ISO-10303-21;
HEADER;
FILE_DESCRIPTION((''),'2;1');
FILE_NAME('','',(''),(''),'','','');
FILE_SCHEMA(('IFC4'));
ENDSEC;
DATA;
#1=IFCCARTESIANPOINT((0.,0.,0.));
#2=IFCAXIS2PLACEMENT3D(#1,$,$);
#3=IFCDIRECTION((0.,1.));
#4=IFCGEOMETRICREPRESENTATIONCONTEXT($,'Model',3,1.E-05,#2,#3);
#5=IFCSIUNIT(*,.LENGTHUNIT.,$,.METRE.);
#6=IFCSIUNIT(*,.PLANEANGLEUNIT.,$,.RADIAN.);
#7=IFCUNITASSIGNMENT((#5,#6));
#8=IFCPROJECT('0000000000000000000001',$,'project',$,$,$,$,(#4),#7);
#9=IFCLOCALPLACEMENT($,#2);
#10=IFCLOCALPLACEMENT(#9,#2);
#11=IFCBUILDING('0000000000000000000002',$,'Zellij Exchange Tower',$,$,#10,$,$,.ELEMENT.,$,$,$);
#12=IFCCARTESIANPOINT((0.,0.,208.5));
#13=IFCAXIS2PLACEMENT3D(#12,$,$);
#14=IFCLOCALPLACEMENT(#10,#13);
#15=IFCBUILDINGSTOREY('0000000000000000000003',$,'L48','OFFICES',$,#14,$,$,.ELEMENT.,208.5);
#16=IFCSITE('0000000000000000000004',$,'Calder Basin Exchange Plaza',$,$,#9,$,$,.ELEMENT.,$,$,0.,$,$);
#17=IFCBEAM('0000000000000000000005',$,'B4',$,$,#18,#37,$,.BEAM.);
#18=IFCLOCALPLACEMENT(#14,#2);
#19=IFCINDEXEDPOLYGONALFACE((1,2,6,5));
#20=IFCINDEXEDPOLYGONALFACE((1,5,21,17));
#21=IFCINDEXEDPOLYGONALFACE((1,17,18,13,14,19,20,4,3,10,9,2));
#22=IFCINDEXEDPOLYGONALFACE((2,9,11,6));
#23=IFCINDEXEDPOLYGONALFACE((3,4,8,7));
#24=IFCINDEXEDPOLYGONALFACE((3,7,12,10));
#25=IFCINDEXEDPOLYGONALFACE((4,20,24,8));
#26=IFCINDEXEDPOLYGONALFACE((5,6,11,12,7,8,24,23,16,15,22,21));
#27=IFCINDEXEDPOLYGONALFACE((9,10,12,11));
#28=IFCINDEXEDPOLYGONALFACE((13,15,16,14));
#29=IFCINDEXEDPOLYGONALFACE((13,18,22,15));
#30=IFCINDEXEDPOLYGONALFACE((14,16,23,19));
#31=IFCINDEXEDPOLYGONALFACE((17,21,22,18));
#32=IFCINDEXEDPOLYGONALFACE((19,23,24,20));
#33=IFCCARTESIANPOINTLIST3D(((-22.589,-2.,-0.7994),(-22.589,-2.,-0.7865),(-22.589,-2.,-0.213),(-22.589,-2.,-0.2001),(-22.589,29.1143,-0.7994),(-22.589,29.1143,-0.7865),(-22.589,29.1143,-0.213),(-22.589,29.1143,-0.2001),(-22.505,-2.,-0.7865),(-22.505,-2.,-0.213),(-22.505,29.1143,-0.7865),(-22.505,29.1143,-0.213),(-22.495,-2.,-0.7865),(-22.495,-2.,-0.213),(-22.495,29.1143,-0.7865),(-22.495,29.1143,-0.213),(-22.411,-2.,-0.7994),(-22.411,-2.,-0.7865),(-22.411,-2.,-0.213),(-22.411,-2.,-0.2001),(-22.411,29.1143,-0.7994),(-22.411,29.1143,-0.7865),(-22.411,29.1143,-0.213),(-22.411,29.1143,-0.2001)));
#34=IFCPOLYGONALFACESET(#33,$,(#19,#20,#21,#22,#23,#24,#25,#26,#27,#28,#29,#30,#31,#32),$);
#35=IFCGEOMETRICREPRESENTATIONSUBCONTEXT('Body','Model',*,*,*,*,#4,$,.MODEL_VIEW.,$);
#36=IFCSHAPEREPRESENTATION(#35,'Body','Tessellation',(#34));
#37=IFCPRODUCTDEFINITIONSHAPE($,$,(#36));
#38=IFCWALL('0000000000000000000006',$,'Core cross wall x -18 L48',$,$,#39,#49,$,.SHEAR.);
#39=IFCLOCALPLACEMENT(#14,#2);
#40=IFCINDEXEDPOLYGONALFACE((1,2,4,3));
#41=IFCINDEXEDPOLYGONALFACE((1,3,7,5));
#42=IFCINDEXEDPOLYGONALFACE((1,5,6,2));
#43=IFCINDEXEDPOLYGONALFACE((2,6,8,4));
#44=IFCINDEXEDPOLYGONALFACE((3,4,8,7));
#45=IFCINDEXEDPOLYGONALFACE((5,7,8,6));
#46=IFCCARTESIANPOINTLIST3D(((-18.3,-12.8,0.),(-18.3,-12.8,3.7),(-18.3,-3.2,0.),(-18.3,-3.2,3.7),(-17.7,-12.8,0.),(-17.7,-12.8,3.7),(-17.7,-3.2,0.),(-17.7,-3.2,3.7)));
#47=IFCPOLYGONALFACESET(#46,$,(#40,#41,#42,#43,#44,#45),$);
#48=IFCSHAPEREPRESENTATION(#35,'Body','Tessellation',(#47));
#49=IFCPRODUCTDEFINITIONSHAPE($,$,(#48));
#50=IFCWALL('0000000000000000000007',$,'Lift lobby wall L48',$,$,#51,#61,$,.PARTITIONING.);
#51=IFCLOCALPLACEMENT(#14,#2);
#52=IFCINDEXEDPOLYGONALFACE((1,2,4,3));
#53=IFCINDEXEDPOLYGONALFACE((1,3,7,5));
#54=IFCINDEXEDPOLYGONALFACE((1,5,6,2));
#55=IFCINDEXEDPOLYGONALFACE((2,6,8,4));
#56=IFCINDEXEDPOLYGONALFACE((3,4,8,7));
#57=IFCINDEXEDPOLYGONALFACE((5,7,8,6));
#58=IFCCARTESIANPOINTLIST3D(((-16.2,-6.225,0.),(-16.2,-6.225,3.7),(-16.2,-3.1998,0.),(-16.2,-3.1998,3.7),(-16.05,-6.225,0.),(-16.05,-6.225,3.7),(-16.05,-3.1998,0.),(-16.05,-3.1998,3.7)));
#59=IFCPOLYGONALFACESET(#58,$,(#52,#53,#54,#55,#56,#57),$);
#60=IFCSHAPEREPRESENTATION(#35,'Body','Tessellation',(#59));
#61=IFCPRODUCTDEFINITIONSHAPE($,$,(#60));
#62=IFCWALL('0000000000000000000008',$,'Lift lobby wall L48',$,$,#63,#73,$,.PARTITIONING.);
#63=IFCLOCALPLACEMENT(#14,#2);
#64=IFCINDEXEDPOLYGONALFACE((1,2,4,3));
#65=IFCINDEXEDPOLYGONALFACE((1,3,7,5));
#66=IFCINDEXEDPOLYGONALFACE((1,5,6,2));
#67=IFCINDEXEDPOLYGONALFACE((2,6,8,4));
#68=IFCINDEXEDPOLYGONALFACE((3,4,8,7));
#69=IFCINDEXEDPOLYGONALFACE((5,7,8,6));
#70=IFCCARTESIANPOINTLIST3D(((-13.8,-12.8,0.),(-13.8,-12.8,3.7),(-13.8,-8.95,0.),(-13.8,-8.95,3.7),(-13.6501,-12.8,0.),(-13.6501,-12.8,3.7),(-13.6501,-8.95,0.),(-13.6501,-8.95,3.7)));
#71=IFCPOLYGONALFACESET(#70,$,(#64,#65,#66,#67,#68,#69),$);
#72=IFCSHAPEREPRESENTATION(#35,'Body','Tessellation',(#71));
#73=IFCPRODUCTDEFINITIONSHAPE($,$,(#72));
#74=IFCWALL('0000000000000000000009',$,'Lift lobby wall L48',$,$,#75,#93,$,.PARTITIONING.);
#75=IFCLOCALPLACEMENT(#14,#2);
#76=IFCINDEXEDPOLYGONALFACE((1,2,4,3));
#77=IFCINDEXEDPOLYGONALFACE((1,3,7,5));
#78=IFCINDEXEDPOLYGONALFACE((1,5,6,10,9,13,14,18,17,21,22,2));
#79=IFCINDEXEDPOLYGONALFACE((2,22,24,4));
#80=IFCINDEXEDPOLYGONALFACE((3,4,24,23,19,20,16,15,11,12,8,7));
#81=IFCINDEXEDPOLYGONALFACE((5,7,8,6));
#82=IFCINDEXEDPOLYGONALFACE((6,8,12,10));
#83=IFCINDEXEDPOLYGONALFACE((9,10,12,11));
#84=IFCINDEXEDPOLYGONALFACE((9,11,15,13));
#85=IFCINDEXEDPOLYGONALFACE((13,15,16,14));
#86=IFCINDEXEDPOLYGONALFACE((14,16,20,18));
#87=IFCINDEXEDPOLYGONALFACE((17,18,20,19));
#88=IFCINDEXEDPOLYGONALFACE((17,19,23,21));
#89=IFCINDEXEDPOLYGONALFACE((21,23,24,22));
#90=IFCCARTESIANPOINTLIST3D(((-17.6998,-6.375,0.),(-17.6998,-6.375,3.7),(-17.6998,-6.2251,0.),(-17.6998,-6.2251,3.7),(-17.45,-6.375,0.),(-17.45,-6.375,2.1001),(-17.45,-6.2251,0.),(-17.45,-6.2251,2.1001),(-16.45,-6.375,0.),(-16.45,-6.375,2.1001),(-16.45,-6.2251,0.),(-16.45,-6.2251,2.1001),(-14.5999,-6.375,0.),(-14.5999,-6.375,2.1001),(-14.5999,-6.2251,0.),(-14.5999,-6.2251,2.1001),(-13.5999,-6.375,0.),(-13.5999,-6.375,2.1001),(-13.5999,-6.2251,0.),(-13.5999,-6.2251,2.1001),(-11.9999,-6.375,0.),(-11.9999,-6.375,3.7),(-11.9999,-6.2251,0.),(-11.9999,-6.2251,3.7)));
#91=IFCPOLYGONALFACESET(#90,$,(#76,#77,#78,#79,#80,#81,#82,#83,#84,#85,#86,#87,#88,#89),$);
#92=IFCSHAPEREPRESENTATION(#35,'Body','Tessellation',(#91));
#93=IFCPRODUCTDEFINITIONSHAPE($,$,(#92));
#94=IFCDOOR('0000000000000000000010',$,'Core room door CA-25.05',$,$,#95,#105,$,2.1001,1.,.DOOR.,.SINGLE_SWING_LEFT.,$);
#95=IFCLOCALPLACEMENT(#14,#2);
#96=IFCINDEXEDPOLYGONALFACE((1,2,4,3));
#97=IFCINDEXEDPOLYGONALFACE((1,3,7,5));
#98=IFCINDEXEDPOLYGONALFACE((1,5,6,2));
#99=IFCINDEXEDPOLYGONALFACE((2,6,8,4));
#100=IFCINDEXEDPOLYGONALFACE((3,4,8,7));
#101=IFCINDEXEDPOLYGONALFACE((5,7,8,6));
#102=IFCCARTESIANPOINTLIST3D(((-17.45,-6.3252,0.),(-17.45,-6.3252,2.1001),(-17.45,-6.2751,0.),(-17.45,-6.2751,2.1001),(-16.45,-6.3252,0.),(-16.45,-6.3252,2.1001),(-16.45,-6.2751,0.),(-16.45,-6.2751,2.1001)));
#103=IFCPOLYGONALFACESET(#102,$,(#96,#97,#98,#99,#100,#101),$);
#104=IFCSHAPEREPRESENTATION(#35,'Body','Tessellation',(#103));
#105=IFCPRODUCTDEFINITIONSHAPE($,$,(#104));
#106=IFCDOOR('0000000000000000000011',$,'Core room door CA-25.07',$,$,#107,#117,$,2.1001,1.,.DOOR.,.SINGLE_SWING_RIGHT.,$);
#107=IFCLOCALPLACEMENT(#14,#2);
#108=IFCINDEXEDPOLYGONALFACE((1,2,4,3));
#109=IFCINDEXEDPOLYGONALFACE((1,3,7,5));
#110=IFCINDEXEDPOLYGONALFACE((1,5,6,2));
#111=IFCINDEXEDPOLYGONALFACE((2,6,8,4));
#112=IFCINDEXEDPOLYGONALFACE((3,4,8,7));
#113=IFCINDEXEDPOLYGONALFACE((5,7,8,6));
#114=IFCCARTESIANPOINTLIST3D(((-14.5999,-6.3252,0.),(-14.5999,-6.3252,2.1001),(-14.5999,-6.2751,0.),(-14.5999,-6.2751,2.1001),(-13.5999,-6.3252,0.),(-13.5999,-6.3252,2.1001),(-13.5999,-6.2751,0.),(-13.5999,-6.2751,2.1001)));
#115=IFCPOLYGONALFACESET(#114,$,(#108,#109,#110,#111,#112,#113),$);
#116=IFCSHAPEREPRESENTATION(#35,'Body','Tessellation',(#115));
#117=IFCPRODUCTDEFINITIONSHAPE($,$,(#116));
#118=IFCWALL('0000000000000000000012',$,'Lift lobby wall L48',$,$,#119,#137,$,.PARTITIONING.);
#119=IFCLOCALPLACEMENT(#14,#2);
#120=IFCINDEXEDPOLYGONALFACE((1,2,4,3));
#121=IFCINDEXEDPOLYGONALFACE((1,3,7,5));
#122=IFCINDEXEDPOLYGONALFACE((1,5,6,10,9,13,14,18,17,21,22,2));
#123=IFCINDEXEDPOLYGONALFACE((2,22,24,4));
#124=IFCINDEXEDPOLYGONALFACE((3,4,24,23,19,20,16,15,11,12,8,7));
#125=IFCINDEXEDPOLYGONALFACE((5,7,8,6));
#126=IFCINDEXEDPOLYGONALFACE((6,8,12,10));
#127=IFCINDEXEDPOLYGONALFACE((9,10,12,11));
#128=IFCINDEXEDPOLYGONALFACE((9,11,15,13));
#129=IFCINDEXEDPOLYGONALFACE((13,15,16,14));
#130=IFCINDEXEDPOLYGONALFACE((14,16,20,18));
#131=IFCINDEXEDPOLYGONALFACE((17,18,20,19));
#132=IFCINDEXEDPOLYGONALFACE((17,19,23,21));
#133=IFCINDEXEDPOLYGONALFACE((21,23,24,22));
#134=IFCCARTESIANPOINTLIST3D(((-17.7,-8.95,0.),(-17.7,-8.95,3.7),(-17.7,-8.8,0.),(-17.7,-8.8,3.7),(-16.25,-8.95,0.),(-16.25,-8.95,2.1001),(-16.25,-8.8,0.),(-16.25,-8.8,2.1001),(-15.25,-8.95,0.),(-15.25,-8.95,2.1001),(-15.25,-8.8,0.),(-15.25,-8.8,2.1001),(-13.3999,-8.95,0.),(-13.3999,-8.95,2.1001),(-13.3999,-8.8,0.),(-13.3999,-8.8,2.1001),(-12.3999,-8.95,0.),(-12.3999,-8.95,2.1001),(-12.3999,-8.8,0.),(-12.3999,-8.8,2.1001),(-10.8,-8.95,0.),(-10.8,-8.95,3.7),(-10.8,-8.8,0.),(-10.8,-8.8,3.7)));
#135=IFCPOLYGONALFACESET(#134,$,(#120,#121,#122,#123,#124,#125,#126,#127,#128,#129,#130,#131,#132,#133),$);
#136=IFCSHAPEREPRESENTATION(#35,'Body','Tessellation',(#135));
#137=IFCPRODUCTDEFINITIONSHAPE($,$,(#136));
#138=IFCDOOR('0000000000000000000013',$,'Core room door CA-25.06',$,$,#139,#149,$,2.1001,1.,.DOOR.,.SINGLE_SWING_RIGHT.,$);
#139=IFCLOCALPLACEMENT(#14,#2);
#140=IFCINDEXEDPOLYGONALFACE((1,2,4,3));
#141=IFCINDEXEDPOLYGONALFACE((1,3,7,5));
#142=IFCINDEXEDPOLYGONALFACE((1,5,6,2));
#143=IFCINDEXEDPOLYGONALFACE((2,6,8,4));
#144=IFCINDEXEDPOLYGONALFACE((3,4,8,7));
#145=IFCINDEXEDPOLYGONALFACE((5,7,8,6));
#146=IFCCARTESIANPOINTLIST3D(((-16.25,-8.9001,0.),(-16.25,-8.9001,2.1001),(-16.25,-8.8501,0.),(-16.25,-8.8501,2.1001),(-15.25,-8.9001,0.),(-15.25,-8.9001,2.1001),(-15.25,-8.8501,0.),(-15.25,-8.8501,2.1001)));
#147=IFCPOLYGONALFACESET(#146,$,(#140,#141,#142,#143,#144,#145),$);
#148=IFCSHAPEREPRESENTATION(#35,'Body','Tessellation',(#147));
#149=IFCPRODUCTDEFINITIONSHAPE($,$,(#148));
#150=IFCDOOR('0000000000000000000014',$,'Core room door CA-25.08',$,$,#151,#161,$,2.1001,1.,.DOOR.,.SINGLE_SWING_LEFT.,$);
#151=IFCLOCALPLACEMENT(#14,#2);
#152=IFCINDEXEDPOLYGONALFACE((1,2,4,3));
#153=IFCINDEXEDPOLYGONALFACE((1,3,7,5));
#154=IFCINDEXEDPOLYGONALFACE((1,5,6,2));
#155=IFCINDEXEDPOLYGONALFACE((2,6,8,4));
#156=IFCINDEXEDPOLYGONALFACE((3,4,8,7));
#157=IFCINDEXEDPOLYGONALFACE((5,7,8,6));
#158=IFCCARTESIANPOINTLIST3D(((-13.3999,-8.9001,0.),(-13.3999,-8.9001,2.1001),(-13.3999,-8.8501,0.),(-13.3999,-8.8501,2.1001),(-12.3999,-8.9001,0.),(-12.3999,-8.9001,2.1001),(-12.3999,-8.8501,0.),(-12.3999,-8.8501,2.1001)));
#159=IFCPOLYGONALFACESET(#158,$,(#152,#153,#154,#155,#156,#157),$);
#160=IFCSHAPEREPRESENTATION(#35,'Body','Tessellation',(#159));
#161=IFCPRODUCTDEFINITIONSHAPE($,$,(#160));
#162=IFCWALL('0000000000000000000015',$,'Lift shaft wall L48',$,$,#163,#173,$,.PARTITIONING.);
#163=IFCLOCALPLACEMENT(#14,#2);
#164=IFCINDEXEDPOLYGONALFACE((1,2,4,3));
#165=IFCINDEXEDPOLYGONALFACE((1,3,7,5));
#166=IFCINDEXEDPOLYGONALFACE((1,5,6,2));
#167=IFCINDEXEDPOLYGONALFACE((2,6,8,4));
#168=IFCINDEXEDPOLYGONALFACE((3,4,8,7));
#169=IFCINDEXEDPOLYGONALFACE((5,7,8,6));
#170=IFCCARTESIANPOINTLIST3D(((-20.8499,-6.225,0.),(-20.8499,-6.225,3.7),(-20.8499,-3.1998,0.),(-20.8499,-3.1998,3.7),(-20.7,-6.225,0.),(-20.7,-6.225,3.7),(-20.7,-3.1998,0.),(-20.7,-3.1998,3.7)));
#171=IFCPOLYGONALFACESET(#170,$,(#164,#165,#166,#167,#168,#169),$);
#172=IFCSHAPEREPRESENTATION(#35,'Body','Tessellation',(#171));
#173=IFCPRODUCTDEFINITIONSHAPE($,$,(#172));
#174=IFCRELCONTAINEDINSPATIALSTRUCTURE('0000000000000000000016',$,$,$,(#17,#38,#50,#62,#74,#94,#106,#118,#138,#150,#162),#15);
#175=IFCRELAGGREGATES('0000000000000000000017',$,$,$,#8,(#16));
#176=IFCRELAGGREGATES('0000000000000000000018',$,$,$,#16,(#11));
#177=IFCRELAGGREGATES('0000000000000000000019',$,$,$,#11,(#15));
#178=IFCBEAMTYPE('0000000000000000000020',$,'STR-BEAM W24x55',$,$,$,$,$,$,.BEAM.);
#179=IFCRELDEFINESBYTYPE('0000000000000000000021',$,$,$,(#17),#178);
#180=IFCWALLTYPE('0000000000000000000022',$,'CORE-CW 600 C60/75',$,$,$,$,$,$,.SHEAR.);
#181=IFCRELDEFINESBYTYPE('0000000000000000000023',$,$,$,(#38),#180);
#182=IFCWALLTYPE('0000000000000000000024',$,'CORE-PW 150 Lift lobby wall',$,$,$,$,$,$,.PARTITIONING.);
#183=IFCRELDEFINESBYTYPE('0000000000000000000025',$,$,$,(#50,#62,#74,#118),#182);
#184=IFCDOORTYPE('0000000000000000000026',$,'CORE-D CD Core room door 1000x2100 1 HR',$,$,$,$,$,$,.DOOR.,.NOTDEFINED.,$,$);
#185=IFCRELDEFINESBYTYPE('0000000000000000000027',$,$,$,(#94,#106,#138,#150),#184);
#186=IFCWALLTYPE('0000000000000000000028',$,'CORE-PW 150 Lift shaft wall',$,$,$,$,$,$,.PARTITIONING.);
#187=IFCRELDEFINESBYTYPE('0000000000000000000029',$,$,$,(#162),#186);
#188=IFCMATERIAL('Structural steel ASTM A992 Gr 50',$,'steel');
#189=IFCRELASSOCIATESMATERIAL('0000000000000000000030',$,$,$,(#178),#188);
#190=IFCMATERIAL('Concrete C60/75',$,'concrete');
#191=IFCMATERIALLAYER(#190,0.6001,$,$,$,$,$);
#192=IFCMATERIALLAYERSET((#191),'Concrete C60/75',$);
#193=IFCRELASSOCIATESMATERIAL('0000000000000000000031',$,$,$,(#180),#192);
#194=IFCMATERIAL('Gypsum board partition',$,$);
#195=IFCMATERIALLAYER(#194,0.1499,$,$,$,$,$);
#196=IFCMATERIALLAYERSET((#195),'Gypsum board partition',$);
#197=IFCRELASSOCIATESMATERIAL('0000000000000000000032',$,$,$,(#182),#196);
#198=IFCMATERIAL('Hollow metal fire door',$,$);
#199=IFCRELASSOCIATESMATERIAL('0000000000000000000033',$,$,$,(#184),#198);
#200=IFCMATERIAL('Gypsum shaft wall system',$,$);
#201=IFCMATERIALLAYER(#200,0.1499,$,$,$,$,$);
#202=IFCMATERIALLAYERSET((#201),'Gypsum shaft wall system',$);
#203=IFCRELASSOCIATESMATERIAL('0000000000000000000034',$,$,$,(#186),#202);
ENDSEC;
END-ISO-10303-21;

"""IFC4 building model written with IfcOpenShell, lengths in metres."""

from ifc_helpers import new_model, si_unit, direction, frame, frame_2d, origin, origin_2d, place, context, subcontext, project, spatial, rectangle, i_section, extrude, material, layer, layer_set, material_profile, profile_set, type_object, element, fill, save


model = new_model("IFC4")

# Units and contexts
model_context = context("Model", 3, precision=1e-05, world=origin(), true_north=direction((0.0, 1.0)))
body_context = subcontext(model_context, "Body", "Model", "MODEL_VIEW")
ifc_project = project(units=[si_unit("LENGTHUNIT", "METRE"), si_unit("PLANEANGLEUNIT", "RADIAN")], contexts=[model_context])

# Site, building, storey
site_placement = place(None, origin())
site = spatial("IfcSite", under=ifc_project, at=site_placement, Name="Calder Basin Exchange Plaza", CompositionType="ELEMENT", RefElevation=0.0)
building_placement = place(site_placement, origin())
building = spatial("IfcBuilding", under=site, at=building_placement, Name="Zellij Exchange Tower", CompositionType="ELEMENT")
storey_placement = place(building_placement, frame((0.0, 0.0, 208.5)))
storey = spatial("IfcBuildingStorey", under=building, at=storey_placement, Name="L48", Description="OFFICES", CompositionType="ELEMENT", Elevation=208.5)

# Beam
ifc_material_1 = material(Name="Structural steel ASTM A992 Gr 50", Category="steel")
ifc_material_profile = material_profile(ifc_material_1, i_section(OverallWidth=0.178, OverallDepth=0.5994, WebThickness=0.01, FlangeThickness=0.0129, at=origin_2d()), Name="W24x55")
ifc_profile_set = profile_set([ifc_material_profile], Name="Structural steel ASTM A992 Gr 50")
beam_type = type_object("IfcBeamType", Name="STR-BEAM W24x55", PredefinedType="BEAM", material=ifc_profile_set)
beam_placement = place(storey_placement, frame((-22.5, -2.0, -0.4998), z_axis=(0.0, 1.0, 0.0), x_axis=(-1.0, 0.0, 0.0)))
element("IfcBeam", 1, at=beam_placement, inside=storey, type_object=beam_type, Name="B4", PredefinedType="BEAM", context=body_context, shape_type="SweptSolid", body=[
    extrude(i_section(OverallWidth=0.178, OverallDepth=0.5994, WebThickness=0.01, FlangeThickness=0.0129, at=origin_2d()), origin(), (0.0, 0.0, 1.0), 31.1143),
])

# Walls
ifc_material_2 = material(Name="Concrete C60/75", Category="concrete")
ifc_layer_1 = layer(ifc_material_2, 0.6001)
ifc_layer_set_1 = layer_set([ifc_layer_1], Name="Concrete C60/75")
wall_type_1 = type_object("IfcWallType", Name="CORE-CW 600 C60/75", PredefinedType="SHEAR", material=ifc_layer_set_1)
wall_1_placement = place(storey_placement, frame((-18.0, -12.8, 0.0), z_axis=(0.0, 0.0, 1.0), x_axis=(0.0, 1.0, 0.0)))
element("IfcWall", 2, at=wall_1_placement, inside=storey, type_object=wall_type_1, Name="Core cross wall x -18 L48", PredefinedType="SHEAR", context=body_context, shape_type="SweptSolid", body=[
    extrude(rectangle(XDim=9.6001, YDim=0.6001, at=frame_2d((4.8, 0.0))), origin(), (0.0, 0.0, 1.0), 3.7),
])
ifc_material_3 = material(Name="Gypsum board partition")
ifc_layer_2 = layer(ifc_material_3, 0.1499)
ifc_layer_set_2 = layer_set([ifc_layer_2], Name="Gypsum board partition")
wall_type_2 = type_object("IfcWallType", Name="CORE-PW 150 Lift lobby wall", PredefinedType="PARTITIONING", material=ifc_layer_set_2)
wall_2_placement = place(storey_placement, frame((-16.125, -6.2251, 0.0), z_axis=(0.0, 0.0, 1.0), x_axis=(0.0, 1.0, 0.0)))
element("IfcWall", 3, at=wall_2_placement, inside=storey, type_object=wall_type_2, Name="Lift lobby wall L48", PredefinedType="PARTITIONING", context=body_context, shape_type="SweptSolid", body=[
    extrude(rectangle(XDim=3.0251, YDim=0.1499, at=frame_2d((1.5127, 0.0))), origin(), (0.0, 0.0, 1.0), 3.7),
])
wall_3_placement = place(storey_placement, frame((-13.7251, -12.8, 0.0), z_axis=(0.0, 0.0, 1.0), x_axis=(0.0, 1.0, 0.0)))
element("IfcWall", 4, at=wall_3_placement, inside=storey, type_object=wall_type_2, Name="Lift lobby wall L48", PredefinedType="PARTITIONING", context=body_context, shape_type="SweptSolid", body=[
    extrude(rectangle(XDim=3.8501, YDim=0.1499, at=frame_2d((1.925, 0.0))), origin(), (0.0, 0.0, 1.0), 3.7),
])

# Walls, openings, doors
wall_4_placement = place(storey_placement, frame((-17.7, -6.3, 0.0), z_axis=(0.0, 0.0, 1.0), x_axis=(1.0, 0.0, 0.0)))
wall_4 = element("IfcWall", 5, at=wall_4_placement, inside=storey, type_object=wall_type_2, Name="Lift lobby wall L48", PredefinedType="PARTITIONING", context=body_context, shape_type="SweptSolid", body=[
    extrude(rectangle(XDim=5.7, YDim=0.1499, at=frame_2d((2.8501, 0.0))), origin(), (0.0, 0.0, 1.0), 3.7),
])
opening_1_placement = place(wall_4_placement, frame((0.25, 0.0, 0.0)))
opening_1 = element("IfcOpeningElement", 6, at=opening_1_placement, cuts=wall_4, PredefinedType="OPENING", context=body_context, shape_type="SweptSolid", body=[
    extrude(rectangle(XDim=1.0, YDim=2.1001, at=frame_2d((0.5, 1.05))), frame((0.0, 0.0869, 0.0), z_axis=(0.0, -1.0, 0.0), x_axis=(1.0, 0.0, 0.0)), (0.0, 0.0, 1.0), 0.1738),
])
opening_2_placement = place(wall_4_placement, frame((3.1001, 0.0, 0.0)))
opening_2 = element("IfcOpeningElement", 7, at=opening_2_placement, cuts=wall_4, PredefinedType="OPENING", context=body_context, shape_type="SweptSolid", body=[
    extrude(rectangle(XDim=1.0, YDim=2.1001, at=frame_2d((0.5, 1.05))), frame((0.0, 0.0869, 0.0), z_axis=(0.0, -1.0, 0.0), x_axis=(1.0, 0.0, 0.0)), (0.0, 0.0, 1.0), 0.1738),
])
ifc_material_4 = material(Name="Hollow metal fire door")
door_type = type_object("IfcDoorType", Name="CORE-D CD Core room door 1000x2100 1 HR", OperationType="NOTDEFINED", PredefinedType="DOOR", material=ifc_material_4)
door_1_placement = place(opening_1_placement, origin())
door_1 = element("IfcDoor", 8, at=door_1_placement, inside=storey, type_object=door_type, Name="Core room door CA-25.05", OperationType="SINGLE_SWING_LEFT", OverallHeight=2.1001, OverallWidth=1.0, PredefinedType="DOOR", context=body_context, shape_type="SweptSolid", body=[
    extrude(rectangle(XDim=1.0, YDim=2.1001, at=frame_2d((0.5, 1.05))), frame((0.0, 0.0249, 0.0), z_axis=(0.0, -1.0, 0.0), x_axis=(1.0, 0.0, 0.0)), (0.0, 0.0, 1.0), 0.05),
])
fill(opening_1, door_1)
door_2_placement = place(opening_2_placement, origin())
door_2 = element("IfcDoor", 9, at=door_2_placement, inside=storey, type_object=door_type, Name="Core room door CA-25.07", OperationType="SINGLE_SWING_RIGHT", OverallHeight=2.1001, OverallWidth=1.0, PredefinedType="DOOR", context=body_context, shape_type="SweptSolid", body=[
    extrude(rectangle(XDim=1.0, YDim=2.1001, at=frame_2d((0.5, 1.05))), frame((0.0, 0.0249, 0.0), z_axis=(0.0, -1.0, 0.0), x_axis=(1.0, 0.0, 0.0)), (0.0, 0.0, 1.0), 0.05),
])
fill(opening_2, door_2)
wall_5_placement = place(storey_placement, frame((-17.7, -8.875, 0.0), z_axis=(0.0, 0.0, 1.0), x_axis=(1.0, 0.0, 0.0)))
wall_5 = element("IfcWall", 10, at=wall_5_placement, inside=storey, type_object=wall_type_2, Name="Lift lobby wall L48", PredefinedType="PARTITIONING", context=body_context, shape_type="SweptSolid", body=[
    extrude(rectangle(XDim=6.8999, YDim=0.1499, at=frame_2d((3.45, 0.0))), origin(), (0.0, 0.0, 1.0), 3.7),
])
opening_3_placement = place(wall_5_placement, frame((1.45, 0.0, 0.0)))
opening_3 = element("IfcOpeningElement", 11, at=opening_3_placement, cuts=wall_5, PredefinedType="OPENING", context=body_context, shape_type="SweptSolid", body=[
    extrude(rectangle(XDim=1.0, YDim=2.1001, at=frame_2d((0.5, 1.05))), frame((0.0, 0.0869, 0.0), z_axis=(0.0, -1.0, 0.0), x_axis=(1.0, 0.0, 0.0)), (0.0, 0.0, 1.0), 0.1738),
])
opening_4_placement = place(wall_5_placement, frame((4.3, 0.0, 0.0)))
opening_4 = element("IfcOpeningElement", 12, at=opening_4_placement, cuts=wall_5, PredefinedType="OPENING", context=body_context, shape_type="SweptSolid", body=[
    extrude(rectangle(XDim=1.0, YDim=2.1001, at=frame_2d((0.5, 1.05))), frame((0.0, 0.0869, 0.0), z_axis=(0.0, -1.0, 0.0), x_axis=(1.0, 0.0, 0.0)), (0.0, 0.0, 1.0), 0.1738),
])
door_3_placement = place(opening_3_placement, origin())
door_3 = element("IfcDoor", 13, at=door_3_placement, inside=storey, type_object=door_type, Name="Core room door CA-25.06", OperationType="SINGLE_SWING_RIGHT", OverallHeight=2.1001, OverallWidth=1.0, PredefinedType="DOOR", context=body_context, shape_type="SweptSolid", body=[
    extrude(rectangle(XDim=1.0, YDim=2.1001, at=frame_2d((0.5, 1.05))), frame((0.0, 0.0249, 0.0), z_axis=(0.0, -1.0, 0.0), x_axis=(1.0, 0.0, 0.0)), (0.0, 0.0, 1.0), 0.05),
])
fill(opening_3, door_3)
door_4_placement = place(opening_4_placement, origin())
door_4 = element("IfcDoor", 14, at=door_4_placement, inside=storey, type_object=door_type, Name="Core room door CA-25.08", OperationType="SINGLE_SWING_LEFT", OverallHeight=2.1001, OverallWidth=1.0, PredefinedType="DOOR", context=body_context, shape_type="SweptSolid", body=[
    extrude(rectangle(XDim=1.0, YDim=2.1001, at=frame_2d((0.5, 1.05))), frame((0.0, 0.0249, 0.0), z_axis=(0.0, -1.0, 0.0), x_axis=(1.0, 0.0, 0.0)), (0.0, 0.0, 1.0), 0.05),
])
fill(opening_4, door_4)

# Wall
ifc_material_5 = material(Name="Gypsum shaft wall system")
ifc_layer_3 = layer(ifc_material_5, 0.1499)
ifc_layer_set_3 = layer_set([ifc_layer_3], Name="Gypsum shaft wall system")
wall_type_3 = type_object("IfcWallType", Name="CORE-PW 150 Lift shaft wall", PredefinedType="PARTITIONING", material=ifc_layer_set_3)
for number, where, z_axis, x_axis, name in (
    (15, (-20.7749, -6.2251, 0.0), (0.0, 0.0, 1.0), (0.0, 1.0, 0.0), "Lift shaft wall L48"),
):
    element("IfcWall", number, at=place(storey_placement, frame(where, z_axis=z_axis, x_axis=x_axis)), inside=storey, type_object=wall_type_3, Name=name, PredefinedType="PARTITIONING", context=body_context, shape_type="SweptSolid", body=[
        extrude(rectangle(XDim=3.0251, YDim=0.1499, at=frame_2d((1.5127, 0.0))), origin(), (0.0, 0.0, 1.0), 3.7),
    ])

save(model, "model.ifc")
